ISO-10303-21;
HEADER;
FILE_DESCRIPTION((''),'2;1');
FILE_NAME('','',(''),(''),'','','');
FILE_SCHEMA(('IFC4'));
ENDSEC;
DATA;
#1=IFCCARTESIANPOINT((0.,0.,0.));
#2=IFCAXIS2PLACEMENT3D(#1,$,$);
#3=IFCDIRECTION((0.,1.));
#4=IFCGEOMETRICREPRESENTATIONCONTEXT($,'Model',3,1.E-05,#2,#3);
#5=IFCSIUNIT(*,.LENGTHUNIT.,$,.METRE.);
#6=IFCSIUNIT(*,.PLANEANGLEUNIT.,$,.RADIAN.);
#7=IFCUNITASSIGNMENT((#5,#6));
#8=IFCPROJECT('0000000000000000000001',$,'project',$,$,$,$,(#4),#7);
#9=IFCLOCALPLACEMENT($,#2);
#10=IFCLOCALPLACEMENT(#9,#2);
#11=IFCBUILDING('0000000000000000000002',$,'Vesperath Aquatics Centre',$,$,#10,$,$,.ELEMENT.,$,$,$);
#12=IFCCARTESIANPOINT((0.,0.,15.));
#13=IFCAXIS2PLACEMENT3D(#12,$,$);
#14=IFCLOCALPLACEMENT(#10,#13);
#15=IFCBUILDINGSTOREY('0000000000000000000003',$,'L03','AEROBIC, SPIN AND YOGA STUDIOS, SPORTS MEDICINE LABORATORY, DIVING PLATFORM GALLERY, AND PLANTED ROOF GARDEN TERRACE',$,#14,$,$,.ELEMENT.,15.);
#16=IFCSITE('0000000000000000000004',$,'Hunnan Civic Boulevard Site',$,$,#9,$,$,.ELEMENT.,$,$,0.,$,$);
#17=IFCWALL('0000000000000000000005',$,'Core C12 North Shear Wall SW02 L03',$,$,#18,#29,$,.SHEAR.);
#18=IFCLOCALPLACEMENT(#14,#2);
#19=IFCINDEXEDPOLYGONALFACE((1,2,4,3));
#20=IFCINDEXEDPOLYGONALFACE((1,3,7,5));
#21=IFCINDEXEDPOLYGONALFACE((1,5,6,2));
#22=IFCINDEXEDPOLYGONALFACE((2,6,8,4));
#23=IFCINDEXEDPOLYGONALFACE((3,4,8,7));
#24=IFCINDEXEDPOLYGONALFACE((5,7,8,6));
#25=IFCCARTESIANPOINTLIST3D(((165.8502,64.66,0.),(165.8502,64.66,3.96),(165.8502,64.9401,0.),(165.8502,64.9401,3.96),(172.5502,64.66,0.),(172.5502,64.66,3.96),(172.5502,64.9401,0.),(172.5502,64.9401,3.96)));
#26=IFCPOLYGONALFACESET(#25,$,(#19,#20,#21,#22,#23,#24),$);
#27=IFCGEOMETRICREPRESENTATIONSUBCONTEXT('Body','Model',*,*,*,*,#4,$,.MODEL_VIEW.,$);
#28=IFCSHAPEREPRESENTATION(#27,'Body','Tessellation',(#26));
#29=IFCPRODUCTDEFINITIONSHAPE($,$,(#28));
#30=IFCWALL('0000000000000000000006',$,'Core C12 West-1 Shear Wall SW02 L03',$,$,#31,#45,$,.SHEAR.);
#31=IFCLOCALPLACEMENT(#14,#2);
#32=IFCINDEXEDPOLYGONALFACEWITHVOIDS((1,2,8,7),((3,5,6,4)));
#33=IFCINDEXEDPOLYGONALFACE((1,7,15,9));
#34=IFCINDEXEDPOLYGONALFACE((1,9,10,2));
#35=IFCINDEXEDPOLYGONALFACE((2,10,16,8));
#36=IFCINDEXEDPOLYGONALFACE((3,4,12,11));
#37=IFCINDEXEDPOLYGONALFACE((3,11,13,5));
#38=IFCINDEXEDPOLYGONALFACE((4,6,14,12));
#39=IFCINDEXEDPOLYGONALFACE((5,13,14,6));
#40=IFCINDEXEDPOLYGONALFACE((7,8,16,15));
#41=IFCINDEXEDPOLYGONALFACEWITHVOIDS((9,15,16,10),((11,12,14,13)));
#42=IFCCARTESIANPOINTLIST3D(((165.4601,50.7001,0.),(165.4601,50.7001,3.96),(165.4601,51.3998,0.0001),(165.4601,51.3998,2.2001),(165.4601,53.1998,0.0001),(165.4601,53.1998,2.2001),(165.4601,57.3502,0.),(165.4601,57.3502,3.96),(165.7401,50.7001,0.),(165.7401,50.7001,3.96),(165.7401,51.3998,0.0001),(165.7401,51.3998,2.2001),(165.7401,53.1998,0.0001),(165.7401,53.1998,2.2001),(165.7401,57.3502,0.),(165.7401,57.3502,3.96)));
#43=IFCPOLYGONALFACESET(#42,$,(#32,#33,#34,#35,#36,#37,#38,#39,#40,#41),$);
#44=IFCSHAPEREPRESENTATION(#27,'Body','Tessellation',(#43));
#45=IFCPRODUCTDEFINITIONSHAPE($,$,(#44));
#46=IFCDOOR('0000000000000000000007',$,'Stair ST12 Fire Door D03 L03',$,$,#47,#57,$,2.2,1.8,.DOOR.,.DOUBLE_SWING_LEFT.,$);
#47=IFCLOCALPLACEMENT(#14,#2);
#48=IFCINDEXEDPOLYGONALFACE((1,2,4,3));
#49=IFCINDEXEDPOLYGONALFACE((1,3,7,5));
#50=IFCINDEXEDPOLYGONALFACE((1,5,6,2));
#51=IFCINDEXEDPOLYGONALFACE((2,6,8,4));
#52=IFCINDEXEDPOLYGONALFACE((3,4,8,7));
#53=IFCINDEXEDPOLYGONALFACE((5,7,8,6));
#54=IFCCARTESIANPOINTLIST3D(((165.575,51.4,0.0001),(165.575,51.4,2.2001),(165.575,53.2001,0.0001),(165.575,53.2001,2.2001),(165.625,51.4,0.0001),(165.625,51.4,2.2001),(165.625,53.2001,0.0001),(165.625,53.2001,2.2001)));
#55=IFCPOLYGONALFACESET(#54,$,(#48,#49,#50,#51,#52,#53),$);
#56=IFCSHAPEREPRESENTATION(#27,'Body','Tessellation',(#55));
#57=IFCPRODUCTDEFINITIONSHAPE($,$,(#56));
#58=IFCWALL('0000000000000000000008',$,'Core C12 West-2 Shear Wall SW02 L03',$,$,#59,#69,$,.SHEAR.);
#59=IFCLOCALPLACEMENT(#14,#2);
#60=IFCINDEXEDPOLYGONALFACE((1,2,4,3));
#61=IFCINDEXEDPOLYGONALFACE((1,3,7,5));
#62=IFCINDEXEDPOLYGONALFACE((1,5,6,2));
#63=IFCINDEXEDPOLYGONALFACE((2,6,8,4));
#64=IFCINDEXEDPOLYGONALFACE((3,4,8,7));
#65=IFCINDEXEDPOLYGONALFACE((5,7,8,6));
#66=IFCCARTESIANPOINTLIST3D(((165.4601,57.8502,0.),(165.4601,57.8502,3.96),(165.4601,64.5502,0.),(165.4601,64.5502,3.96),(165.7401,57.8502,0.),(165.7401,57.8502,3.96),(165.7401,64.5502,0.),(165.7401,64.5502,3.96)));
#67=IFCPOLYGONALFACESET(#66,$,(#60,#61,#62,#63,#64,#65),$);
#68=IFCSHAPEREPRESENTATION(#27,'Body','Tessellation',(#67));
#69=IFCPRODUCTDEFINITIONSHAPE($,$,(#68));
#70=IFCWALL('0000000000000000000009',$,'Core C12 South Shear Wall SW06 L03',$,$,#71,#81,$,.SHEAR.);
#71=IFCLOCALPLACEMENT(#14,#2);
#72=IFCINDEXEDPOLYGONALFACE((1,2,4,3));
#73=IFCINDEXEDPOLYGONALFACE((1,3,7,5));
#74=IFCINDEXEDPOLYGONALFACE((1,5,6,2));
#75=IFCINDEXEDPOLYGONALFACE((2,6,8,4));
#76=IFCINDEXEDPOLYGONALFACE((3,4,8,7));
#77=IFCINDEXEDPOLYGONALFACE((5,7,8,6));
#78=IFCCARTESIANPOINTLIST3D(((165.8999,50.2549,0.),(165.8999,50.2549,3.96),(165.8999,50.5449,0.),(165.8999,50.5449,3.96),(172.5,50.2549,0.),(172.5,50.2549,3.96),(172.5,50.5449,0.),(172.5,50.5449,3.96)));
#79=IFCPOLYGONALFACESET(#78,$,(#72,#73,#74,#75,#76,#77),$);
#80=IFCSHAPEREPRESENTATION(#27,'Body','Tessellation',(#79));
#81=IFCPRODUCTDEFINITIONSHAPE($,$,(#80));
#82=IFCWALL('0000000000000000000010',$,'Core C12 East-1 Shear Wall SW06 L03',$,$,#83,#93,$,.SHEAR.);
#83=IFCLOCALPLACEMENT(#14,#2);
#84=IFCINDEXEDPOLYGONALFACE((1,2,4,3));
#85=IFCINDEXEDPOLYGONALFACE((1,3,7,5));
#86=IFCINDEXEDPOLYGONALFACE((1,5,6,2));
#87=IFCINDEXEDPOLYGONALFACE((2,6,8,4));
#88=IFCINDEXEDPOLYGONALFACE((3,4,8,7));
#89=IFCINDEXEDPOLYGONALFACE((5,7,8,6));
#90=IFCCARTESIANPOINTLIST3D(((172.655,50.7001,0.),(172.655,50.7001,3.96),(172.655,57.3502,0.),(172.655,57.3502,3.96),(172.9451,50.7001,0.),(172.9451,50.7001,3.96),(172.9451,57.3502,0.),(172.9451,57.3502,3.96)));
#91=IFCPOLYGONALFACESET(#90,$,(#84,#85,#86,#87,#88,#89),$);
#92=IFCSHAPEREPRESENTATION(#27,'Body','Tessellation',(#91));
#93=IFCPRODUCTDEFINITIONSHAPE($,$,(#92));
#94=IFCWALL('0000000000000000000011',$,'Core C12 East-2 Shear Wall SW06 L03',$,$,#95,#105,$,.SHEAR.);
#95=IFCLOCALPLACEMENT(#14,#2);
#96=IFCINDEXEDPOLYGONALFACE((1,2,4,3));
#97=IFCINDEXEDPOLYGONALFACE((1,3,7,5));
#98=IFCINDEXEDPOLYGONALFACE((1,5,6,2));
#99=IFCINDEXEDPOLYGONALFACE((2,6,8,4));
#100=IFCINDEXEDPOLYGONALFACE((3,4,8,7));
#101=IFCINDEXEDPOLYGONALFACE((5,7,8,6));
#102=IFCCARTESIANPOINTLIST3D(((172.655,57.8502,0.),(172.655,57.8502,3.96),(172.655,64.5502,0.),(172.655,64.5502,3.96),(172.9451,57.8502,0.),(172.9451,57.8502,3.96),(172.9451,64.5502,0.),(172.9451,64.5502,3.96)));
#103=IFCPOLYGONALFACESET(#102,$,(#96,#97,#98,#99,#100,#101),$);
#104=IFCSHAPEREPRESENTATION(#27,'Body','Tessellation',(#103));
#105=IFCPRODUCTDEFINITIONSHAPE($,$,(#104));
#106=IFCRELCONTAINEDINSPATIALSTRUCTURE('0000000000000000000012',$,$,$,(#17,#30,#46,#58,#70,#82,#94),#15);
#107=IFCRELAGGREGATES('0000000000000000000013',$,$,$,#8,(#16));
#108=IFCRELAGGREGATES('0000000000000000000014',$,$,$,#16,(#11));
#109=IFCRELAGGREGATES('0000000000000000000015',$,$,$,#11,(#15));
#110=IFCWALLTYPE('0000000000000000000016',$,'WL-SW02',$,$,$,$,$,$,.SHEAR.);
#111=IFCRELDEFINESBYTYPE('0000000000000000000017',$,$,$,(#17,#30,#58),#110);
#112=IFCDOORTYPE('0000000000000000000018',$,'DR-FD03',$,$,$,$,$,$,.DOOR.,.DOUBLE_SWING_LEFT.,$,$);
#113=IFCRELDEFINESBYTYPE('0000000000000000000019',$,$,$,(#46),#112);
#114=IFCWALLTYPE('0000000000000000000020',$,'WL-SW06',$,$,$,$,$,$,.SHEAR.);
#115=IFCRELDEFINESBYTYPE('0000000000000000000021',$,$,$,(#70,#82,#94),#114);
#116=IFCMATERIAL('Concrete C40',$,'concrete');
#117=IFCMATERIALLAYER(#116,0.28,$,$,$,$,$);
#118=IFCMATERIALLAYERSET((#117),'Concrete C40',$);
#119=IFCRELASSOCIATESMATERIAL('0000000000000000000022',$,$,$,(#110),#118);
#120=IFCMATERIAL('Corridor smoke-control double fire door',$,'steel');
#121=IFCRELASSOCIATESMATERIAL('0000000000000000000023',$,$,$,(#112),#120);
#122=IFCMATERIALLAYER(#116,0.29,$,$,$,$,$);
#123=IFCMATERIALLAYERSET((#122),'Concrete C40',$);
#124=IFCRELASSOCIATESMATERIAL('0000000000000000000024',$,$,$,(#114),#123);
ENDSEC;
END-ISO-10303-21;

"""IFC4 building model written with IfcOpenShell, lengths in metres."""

from ifc_helpers import new_model, si_unit, direction, frame, frame_2d, origin, place, context, subcontext, project, spatial, rectangle, extrude, material, layer, layer_set, type_object, element, fill, save


model = new_model("IFC4")

# Units and contexts
model_context = context("Model", 3, precision=1e-05, world=origin(), true_north=direction((0.0, 1.0)))
body_context = subcontext(model_context, "Body", "Model", "MODEL_VIEW")
ifc_project = project(units=[si_unit("LENGTHUNIT", "METRE"), si_unit("PLANEANGLEUNIT", "RADIAN")], contexts=[model_context])

# Site, building, storey
site_placement = place(None, origin())
site = spatial("IfcSite", under=ifc_project, at=site_placement, Name="Hunnan Civic Boulevard Site", CompositionType="ELEMENT", RefElevation=0.0)
building_placement = place(site_placement, origin())
building = spatial("IfcBuilding", under=site, at=building_placement, Name="Vesperath Aquatics Centre", CompositionType="ELEMENT")
storey_placement = place(building_placement, frame((0.0, 0.0, 15.0)))
storey = spatial("IfcBuildingStorey", under=building, at=storey_placement, Name="L03", Description="AEROBIC, SPIN AND YOGA STUDIOS, SPORTS MEDICINE LABORATORY, DIVING PLATFORM GALLERY, AND PLANTED ROOF GARDEN TERRACE", CompositionType="ELEMENT", Elevation=15.0)

# Shared definitions
ifc_material_1 = material(Name="Concrete C40", Category="concrete")

# Wall
ifc_layer_1 = layer(ifc_material_1, 0.28)
ifc_layer_set_1 = layer_set([ifc_layer_1], Name="Concrete C40")
wall_type_1 = type_object("IfcWallType", Name="WL-SW02", PredefinedType="SHEAR", material=ifc_layer_set_1)
wall_1_placement = place(storey_placement, frame((165.8501, 64.8, 0.0), z_axis=(0.0, 0.0, 1.0), x_axis=(1.0, 0.0, 0.0)))
element("IfcWall", 1, at=wall_1_placement, inside=storey, type_object=wall_type_1, Name="Core C12 North Shear Wall SW02 L03", PredefinedType="SHEAR", context=body_context, shape_type="SweptSolid", body=[
    extrude(rectangle(XDim=6.7, YDim=0.28, at=frame_2d((3.3501, 0.0))), origin(), (0.0, 0.0, 1.0), 3.96),
])

# Wall, opening, door
wall_2_placement = place(storey_placement, frame((165.6001, 50.7, 0.0), z_axis=(0.0, 0.0, 1.0), x_axis=(0.0, 1.0, 0.0)))
wall_2 = element("IfcWall", 2, at=wall_2_placement, inside=storey, type_object=wall_type_1, Name="Core C12 West-1 Shear Wall SW02 L03", PredefinedType="SHEAR", context=body_context, shape_type="SweptSolid", body=[
    extrude(rectangle(XDim=6.6501, YDim=0.28, at=frame_2d((3.3252, 0.0))), origin(), (0.0, 0.0, 1.0), 3.96),
])
opening_placement = place(wall_2_placement, frame((0.7, 0.0, 0.0)))
opening = element("IfcOpeningElement", 3, at=opening_placement, cuts=wall_2, PredefinedType="OPENING", context=body_context, shape_type="SweptSolid", body=[
    extrude(rectangle(XDim=1.8, YDim=2.2, at=frame_2d((0.8999, 1.1001))), frame((0.0, 0.1548, 0.0), z_axis=(0.0, -1.0, 0.0), x_axis=(1.0, 0.0, 0.0)), (0.0, 0.0, 1.0), 0.3098),
])
ifc_material_2 = material(Name="Corridor smoke-control double fire door", Category="steel")
door_type = type_object("IfcDoorType", Name="DR-FD03", OperationType="DOUBLE_SWING_LEFT", PredefinedType="DOOR", material=ifc_material_2)
door_placement = place(opening_placement, frame((1.8, 0.0, 0.0), z_axis=(0.0, 0.0, 1.0), x_axis=(-1.0, 0.0, 0.0)))
door = element("IfcDoor", 4, at=door_placement, inside=storey, type_object=door_type, Name="Stair ST12 Fire Door D03 L03", OperationType="DOUBLE_SWING_LEFT", OverallHeight=2.2, OverallWidth=1.8, PredefinedType="DOOR", context=body_context, shape_type="SweptSolid", body=[
    extrude(rectangle(XDim=1.8, YDim=2.2, at=frame_2d((0.8999, 1.1001))), frame((0.0, 0.0249, 0.0), z_axis=(0.0, -1.0, 0.0), x_axis=(1.0, 0.0, 0.0)), (0.0, 0.0, 1.0), 0.05),
])
fill(opening, door)

# Walls
wall_3_placement = place(storey_placement, frame((165.6001, 57.8501, 0.0), z_axis=(0.0, 0.0, 1.0), x_axis=(0.0, 1.0, 0.0)))
element("IfcWall", 5, at=wall_3_placement, inside=storey, type_object=wall_type_1, Name="Core C12 West-2 Shear Wall SW02 L03", PredefinedType="SHEAR", context=body_context, shape_type="SweptSolid", body=[
    extrude(rectangle(XDim=6.7, YDim=0.28, at=frame_2d((3.3501, 0.0))), origin(), (0.0, 0.0, 1.0), 3.96),
])
ifc_layer_2 = layer(ifc_material_1, 0.29)
ifc_layer_set_2 = layer_set([ifc_layer_2], Name="Concrete C40")
wall_type_2 = type_object("IfcWallType", Name="WL-SW06", PredefinedType="SHEAR", material=ifc_layer_set_2)
wall_4_placement = place(storey_placement, frame((165.8999, 50.3999, 0.0), z_axis=(0.0, 0.0, 1.0), x_axis=(1.0, 0.0, 0.0)))
element("IfcWall", 6, at=wall_4_placement, inside=storey, type_object=wall_type_2, Name="Core C12 South Shear Wall SW06 L03", PredefinedType="SHEAR", context=body_context, shape_type="SweptSolid", body=[
    extrude(rectangle(XDim=6.6001, YDim=0.29, at=frame_2d((3.3, 0.0))), origin(), (0.0, 0.0, 1.0), 3.96),
])
wall_5_placement = place(storey_placement, frame((172.8, 50.7, 0.0), z_axis=(0.0, 0.0, 1.0), x_axis=(0.0, 1.0, 0.0)))
element("IfcWall", 7, at=wall_5_placement, inside=storey, type_object=wall_type_2, Name="Core C12 East-1 Shear Wall SW06 L03", PredefinedType="SHEAR", context=body_context, shape_type="SweptSolid", body=[
    extrude(rectangle(XDim=6.6501, YDim=0.29, at=frame_2d((3.3252, 0.0))), origin(), (0.0, 0.0, 1.0), 3.96),
])
wall_6_placement = place(storey_placement, frame((172.8, 57.8501, 0.0), z_axis=(0.0, 0.0, 1.0), x_axis=(0.0, 1.0, 0.0)))
element("IfcWall", 8, at=wall_6_placement, inside=storey, type_object=wall_type_2, Name="Core C12 East-2 Shear Wall SW06 L03", PredefinedType="SHEAR", context=body_context, shape_type="SweptSolid", body=[
    extrude(rectangle(XDim=6.7, YDim=0.29, at=frame_2d((3.3501, 0.0))), origin(), (0.0, 0.0, 1.0), 3.96),
])

save(model, "model.ifc")
